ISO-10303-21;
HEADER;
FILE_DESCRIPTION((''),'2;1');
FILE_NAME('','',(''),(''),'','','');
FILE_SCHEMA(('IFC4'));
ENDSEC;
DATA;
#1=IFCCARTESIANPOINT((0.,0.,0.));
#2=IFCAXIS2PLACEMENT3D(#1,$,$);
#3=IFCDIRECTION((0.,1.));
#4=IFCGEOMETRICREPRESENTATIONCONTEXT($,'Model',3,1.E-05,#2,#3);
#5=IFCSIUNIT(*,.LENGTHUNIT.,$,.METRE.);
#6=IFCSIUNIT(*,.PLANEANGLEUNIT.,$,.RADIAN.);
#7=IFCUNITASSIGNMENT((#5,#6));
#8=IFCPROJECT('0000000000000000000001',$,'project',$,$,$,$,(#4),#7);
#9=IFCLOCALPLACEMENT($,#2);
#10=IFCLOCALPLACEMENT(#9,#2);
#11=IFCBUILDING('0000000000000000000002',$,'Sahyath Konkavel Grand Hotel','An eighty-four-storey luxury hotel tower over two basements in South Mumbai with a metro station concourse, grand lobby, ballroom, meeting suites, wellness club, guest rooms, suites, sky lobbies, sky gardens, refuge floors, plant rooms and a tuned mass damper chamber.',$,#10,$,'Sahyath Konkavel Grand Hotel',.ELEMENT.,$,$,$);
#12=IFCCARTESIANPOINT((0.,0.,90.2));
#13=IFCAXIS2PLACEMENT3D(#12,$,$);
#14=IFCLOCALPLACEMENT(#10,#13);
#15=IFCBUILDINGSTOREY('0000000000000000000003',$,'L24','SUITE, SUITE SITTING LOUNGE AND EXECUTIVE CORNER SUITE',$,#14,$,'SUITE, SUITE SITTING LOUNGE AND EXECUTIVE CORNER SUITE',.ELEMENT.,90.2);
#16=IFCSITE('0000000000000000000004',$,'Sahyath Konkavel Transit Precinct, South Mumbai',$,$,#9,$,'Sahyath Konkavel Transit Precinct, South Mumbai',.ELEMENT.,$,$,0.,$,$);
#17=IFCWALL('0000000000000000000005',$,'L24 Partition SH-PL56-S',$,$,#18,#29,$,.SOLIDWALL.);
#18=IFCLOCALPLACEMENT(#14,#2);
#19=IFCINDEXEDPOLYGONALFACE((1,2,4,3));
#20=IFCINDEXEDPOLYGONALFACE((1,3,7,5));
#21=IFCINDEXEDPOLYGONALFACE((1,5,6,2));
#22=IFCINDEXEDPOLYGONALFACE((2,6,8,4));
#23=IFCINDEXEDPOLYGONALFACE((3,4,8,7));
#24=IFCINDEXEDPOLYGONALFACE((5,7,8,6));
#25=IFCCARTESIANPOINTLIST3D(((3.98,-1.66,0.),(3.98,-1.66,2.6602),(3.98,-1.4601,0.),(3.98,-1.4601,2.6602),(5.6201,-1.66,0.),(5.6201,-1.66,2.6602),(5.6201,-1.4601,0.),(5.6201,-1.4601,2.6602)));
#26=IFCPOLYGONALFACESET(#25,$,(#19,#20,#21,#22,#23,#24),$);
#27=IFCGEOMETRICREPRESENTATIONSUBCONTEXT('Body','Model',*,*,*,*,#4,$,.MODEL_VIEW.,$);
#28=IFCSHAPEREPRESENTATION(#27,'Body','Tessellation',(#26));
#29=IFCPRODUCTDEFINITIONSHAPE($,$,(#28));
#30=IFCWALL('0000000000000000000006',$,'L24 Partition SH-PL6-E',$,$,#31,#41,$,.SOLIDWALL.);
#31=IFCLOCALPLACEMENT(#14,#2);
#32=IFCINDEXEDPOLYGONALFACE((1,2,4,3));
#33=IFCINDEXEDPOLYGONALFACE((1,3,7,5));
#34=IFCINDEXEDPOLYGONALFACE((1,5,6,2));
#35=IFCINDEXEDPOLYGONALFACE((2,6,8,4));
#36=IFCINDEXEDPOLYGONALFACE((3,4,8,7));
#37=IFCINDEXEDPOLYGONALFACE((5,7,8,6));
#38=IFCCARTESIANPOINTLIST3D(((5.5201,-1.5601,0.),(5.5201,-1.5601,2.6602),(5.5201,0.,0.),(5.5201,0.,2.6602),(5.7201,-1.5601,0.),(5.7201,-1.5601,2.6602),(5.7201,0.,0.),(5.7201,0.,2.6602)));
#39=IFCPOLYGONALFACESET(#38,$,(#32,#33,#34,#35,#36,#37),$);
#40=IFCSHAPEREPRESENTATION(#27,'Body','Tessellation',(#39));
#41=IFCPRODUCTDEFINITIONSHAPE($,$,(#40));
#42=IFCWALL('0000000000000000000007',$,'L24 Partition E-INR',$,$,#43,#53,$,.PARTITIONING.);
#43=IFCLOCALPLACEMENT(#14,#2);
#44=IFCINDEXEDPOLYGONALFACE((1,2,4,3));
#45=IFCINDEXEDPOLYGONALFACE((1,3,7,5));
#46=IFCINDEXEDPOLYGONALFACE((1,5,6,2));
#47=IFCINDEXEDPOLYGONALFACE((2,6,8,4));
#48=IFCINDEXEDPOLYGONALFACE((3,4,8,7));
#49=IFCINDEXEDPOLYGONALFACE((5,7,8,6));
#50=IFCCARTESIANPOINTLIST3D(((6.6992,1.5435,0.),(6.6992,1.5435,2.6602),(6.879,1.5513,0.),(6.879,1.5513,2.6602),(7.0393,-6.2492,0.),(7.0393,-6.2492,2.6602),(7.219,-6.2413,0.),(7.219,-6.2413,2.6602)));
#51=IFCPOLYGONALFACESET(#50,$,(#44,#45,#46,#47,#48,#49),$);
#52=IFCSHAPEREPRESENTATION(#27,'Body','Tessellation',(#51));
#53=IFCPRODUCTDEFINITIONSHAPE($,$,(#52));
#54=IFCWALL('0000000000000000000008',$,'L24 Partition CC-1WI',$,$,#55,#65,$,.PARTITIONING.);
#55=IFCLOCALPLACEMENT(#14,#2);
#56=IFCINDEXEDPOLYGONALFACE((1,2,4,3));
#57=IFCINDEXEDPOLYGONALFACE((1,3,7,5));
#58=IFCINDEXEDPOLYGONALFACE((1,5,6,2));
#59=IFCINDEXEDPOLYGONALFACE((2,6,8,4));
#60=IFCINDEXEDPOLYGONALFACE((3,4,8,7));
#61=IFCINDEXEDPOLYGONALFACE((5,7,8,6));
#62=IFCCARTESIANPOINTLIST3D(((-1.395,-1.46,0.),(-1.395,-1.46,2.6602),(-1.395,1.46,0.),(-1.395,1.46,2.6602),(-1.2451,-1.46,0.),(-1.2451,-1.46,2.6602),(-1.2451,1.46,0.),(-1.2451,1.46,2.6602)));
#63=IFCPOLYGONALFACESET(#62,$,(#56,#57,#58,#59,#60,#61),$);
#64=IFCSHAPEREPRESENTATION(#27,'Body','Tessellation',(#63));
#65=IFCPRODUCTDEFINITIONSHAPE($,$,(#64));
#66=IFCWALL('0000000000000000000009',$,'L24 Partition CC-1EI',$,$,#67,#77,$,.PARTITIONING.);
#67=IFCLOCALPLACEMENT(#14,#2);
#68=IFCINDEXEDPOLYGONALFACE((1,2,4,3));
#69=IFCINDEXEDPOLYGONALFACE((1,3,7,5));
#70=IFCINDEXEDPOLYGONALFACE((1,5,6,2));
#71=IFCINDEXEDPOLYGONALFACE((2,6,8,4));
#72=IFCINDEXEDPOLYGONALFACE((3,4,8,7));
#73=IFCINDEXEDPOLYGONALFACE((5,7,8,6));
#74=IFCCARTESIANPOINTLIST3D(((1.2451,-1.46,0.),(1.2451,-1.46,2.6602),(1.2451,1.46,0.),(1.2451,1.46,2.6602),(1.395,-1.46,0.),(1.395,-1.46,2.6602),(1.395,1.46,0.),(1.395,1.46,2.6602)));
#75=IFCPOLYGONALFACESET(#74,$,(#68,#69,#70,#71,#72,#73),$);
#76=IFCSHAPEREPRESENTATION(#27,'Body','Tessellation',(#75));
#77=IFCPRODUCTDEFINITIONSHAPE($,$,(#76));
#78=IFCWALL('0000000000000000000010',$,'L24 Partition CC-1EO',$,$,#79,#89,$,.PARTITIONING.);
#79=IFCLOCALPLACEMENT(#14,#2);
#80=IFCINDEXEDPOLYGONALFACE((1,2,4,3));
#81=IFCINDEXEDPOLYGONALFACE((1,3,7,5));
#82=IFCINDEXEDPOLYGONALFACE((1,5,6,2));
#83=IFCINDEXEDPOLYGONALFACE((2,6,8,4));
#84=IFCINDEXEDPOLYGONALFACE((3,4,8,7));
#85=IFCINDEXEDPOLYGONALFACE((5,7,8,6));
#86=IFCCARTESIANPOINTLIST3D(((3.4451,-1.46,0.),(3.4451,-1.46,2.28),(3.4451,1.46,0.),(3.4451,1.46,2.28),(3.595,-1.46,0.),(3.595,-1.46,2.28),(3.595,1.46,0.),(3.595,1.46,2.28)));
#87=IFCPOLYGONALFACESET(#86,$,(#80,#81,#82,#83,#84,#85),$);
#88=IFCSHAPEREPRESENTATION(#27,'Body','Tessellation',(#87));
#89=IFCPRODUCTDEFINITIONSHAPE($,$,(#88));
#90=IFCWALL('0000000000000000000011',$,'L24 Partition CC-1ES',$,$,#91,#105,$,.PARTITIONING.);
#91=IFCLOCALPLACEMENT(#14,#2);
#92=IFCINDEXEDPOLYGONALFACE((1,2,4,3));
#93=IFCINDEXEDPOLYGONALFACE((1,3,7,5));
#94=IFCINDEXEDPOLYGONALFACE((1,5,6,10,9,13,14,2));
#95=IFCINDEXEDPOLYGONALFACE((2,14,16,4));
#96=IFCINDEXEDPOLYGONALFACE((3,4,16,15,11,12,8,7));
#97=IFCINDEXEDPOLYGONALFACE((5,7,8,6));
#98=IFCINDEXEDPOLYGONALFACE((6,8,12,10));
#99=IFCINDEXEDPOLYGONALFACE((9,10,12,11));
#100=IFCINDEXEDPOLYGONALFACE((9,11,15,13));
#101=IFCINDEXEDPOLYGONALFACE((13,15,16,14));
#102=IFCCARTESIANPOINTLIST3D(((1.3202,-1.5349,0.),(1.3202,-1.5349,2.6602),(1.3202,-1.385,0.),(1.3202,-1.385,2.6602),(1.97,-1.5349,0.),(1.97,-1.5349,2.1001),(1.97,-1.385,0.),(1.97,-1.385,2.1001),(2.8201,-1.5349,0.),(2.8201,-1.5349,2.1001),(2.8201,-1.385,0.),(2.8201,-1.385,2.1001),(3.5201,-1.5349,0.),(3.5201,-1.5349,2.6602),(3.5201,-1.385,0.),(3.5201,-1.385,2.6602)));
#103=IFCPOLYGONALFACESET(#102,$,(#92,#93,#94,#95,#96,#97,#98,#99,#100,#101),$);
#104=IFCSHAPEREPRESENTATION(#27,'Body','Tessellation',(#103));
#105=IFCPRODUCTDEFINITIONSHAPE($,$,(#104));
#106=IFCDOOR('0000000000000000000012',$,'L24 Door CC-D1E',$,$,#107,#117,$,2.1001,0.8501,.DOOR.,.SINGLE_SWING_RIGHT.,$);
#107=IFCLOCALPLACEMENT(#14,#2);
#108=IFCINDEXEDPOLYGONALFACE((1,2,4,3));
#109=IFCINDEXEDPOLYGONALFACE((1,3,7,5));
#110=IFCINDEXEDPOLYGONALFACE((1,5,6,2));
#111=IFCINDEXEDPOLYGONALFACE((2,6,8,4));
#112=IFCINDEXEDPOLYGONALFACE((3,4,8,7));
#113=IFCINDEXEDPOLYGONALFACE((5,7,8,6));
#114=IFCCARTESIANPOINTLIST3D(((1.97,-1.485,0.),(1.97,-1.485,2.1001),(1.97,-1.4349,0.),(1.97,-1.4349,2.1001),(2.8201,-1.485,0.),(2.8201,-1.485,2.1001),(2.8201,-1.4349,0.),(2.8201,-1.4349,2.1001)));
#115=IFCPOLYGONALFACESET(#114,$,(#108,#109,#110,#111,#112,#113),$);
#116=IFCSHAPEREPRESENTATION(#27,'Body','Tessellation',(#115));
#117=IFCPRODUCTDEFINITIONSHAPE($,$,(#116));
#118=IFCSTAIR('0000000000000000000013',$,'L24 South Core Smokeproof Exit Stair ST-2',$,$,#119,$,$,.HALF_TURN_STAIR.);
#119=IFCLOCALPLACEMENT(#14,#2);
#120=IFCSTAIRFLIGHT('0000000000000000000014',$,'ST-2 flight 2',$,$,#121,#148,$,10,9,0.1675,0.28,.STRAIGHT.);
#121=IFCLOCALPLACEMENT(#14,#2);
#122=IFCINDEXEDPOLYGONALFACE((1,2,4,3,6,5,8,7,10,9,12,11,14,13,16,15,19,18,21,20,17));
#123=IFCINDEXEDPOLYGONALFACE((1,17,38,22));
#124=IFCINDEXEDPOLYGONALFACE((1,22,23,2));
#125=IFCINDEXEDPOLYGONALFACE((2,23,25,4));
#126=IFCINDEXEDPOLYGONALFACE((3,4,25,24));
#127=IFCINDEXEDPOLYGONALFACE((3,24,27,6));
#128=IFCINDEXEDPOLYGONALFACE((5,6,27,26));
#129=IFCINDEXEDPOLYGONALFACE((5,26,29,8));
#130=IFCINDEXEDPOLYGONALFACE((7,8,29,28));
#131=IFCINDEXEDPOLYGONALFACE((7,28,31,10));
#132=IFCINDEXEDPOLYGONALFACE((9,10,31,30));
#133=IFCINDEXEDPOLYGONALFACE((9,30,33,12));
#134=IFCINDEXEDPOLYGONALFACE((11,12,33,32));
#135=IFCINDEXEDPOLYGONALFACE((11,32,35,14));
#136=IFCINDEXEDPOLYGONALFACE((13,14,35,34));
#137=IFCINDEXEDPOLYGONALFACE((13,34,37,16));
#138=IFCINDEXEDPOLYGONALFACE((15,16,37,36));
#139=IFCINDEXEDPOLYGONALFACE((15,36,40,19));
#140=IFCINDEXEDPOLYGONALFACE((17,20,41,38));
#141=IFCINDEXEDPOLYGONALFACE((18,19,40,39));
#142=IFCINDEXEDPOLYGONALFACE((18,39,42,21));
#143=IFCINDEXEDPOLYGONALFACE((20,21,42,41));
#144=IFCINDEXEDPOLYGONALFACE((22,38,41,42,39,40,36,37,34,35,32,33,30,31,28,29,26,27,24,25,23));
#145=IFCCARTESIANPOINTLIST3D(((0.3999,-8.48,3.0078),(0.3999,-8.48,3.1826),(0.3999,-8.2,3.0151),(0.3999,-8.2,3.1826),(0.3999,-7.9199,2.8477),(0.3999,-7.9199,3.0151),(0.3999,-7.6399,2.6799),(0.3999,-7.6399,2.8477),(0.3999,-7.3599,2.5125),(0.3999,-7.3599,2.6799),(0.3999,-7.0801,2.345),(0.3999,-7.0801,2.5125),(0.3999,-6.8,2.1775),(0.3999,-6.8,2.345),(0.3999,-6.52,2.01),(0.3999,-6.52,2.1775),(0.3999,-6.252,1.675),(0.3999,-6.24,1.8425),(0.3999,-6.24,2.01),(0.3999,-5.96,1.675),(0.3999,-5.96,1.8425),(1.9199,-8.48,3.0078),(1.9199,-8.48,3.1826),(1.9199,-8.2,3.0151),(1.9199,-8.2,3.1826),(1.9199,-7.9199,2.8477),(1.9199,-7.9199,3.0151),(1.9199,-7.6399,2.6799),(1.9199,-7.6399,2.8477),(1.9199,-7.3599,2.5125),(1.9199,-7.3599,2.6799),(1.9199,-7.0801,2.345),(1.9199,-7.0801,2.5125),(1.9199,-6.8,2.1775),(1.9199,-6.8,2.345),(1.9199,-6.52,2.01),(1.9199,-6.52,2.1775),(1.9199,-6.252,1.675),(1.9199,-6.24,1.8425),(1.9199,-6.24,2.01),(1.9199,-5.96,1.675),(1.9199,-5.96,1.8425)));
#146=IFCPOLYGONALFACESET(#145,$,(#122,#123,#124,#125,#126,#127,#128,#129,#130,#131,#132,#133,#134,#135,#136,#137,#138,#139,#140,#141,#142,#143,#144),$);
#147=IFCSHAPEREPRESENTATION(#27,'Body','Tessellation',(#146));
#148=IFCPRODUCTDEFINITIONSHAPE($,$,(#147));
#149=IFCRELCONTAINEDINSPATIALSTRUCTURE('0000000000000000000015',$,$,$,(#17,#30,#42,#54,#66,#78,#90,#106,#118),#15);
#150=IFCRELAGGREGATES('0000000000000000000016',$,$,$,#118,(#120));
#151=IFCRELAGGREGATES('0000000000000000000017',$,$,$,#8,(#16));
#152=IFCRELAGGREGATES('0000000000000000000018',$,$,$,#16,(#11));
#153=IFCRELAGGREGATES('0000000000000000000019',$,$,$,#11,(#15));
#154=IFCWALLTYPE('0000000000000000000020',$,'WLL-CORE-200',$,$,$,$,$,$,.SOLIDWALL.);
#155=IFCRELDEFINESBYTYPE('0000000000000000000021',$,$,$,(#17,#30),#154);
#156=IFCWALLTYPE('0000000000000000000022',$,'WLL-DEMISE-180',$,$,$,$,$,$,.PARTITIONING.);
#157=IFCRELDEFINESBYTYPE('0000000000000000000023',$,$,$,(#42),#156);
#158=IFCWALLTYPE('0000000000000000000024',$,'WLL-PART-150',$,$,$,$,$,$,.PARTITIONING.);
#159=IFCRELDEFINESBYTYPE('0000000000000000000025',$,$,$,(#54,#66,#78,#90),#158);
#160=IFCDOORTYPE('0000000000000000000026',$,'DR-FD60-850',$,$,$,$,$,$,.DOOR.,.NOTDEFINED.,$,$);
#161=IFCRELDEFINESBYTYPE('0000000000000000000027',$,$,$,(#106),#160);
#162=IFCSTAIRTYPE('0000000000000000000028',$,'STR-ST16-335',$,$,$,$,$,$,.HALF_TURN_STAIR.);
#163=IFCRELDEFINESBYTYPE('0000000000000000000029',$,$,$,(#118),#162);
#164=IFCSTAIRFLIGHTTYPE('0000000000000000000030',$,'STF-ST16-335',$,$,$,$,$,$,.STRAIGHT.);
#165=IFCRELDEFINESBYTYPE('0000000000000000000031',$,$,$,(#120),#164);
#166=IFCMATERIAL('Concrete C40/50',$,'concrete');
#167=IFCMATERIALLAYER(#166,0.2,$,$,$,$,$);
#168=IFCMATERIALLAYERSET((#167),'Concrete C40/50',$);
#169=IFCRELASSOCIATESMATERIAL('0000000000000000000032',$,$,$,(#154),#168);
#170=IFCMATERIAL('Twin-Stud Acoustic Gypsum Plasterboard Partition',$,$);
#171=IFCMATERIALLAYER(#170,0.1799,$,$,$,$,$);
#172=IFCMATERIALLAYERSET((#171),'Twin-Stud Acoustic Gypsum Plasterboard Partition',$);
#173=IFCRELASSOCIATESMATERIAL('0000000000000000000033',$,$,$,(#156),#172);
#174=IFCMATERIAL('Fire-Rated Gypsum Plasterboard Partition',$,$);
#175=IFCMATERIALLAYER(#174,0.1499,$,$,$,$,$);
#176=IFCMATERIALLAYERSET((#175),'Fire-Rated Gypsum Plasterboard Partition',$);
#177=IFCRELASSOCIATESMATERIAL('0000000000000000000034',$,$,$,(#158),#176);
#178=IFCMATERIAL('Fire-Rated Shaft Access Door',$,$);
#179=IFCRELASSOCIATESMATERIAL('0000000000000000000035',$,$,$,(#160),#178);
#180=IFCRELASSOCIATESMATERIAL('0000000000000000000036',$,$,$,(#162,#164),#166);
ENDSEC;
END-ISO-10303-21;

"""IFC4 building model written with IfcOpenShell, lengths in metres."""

from ifc_helpers import new_model, si_unit, direction, frame, frame_2d, origin, origin_2d, place, context, subcontext, project, spatial, polyline, rectangle, outline, extrude, source, transform, mapped, material, layer, layer_set, type_object, element, fill, aggregate, save


model = new_model("IFC4")

# Units and contexts
model_context = context("Model", 3, precision=1e-05, world=origin(), true_north=direction((0.0, 1.0)))
body_context = subcontext(model_context, "Body", "Model", "MODEL_VIEW")
ifc_project = project(units=[si_unit("LENGTHUNIT", "METRE"), si_unit("PLANEANGLEUNIT", "RADIAN")], contexts=[model_context])

# Site, building, storey
site_placement = place(None, origin())
site = spatial("IfcSite", under=ifc_project, at=site_placement, Name="Sahyath Konkavel Transit Precinct, South Mumbai", LongName="Sahyath Konkavel Transit Precinct, South Mumbai", CompositionType="ELEMENT", RefElevation=0.0)
building_placement = place(site_placement, origin())
building = spatial("IfcBuilding", under=site, at=building_placement, Name="Sahyath Konkavel Grand Hotel", Description="An eighty-four-storey luxury hotel tower over two basements in South Mumbai with a metro station concourse, grand lobby, ballroom, meeting suites, wellness club, guest rooms, suites, sky lobbies, sky gardens, refuge floors, plant rooms and a tuned mass damper chamber.", LongName="Sahyath Konkavel Grand Hotel", CompositionType="ELEMENT")
storey_placement = place(building_placement, frame((0.0, 0.0, 90.2)))
storey = spatial("IfcBuildingStorey", under=building, at=storey_placement, Name="L24", Description="SUITE, SUITE SITTING LOUNGE AND EXECUTIVE CORNER SUITE", LongName="SUITE, SUITE SITTING LOUNGE AND EXECUTIVE CORNER SUITE", CompositionType="ELEMENT", Elevation=90.2)

# Walls
ifc_material_1 = material(Name="Concrete C40/50", Category="concrete")
ifc_layer_1 = layer(ifc_material_1, 0.2)
ifc_layer_set_1 = layer_set([ifc_layer_1], Name="Concrete C40/50")
wall_type_1 = type_object("IfcWallType", Name="WLL-CORE-200", PredefinedType="SOLIDWALL", material=ifc_layer_set_1)
wall_1_placement = place(storey_placement, frame((3.98, -1.5601, 0.0), z_axis=(0.0, 0.0, 1.0), x_axis=(1.0, 0.0, 0.0)))
element("IfcWall", 1, at=wall_1_placement, inside=storey, type_object=wall_type_1, Name="L24 Partition SH-PL56-S", PredefinedType="SOLIDWALL", context=body_context, shape_type="SweptSolid", body=[
    extrude(rectangle(XDim=1.6401, YDim=0.2, at=frame_2d((0.8201, 0.0))), origin(), (0.0, 0.0, 1.0), 2.6602),
])
wall_2_placement = place(storey_placement, frame((5.6201, -1.5601, 0.0), z_axis=(0.0, 0.0, 1.0), x_axis=(0.0, 1.0, 0.0)))
element("IfcWall", 2, at=wall_2_placement, inside=storey, type_object=wall_type_1, Name="L24 Partition SH-PL6-E", PredefinedType="SOLIDWALL", context=body_context, shape_type="SweptSolid", body=[
    extrude(rectangle(XDim=1.5601, YDim=0.2, at=frame_2d((0.78, 0.0))), origin(), (0.0, 0.0, 1.0), 2.6602),
])
ifc_material_2 = material(Name="Twin-Stud Acoustic Gypsum Plasterboard Partition")
ifc_layer_2 = layer(ifc_material_2, 0.1799)
ifc_layer_set_2 = layer_set([ifc_layer_2], Name="Twin-Stud Acoustic Gypsum Plasterboard Partition")
wall_type_2 = type_object("IfcWallType", Name="WLL-DEMISE-180", PredefinedType="PARTITIONING", material=ifc_layer_set_2)
wall_3_placement = place(storey_placement, frame((7.1292, -6.2451, 0.0), z_axis=(0.0, 0.0, 1.0), x_axis=(-0.0436, 0.999049, 0.0)))
element("IfcWall", 3, at=wall_3_placement, inside=storey, type_object=wall_type_2, Name="L24 Partition E-INR", PredefinedType="PARTITIONING", context=body_context, shape_type="SweptSolid", body=[
    extrude(rectangle(XDim=7.8, YDim=0.1799, at=frame_2d((3.8999, 0.0))), origin(), (0.0, 0.0, 1.0), 2.6602),
])
ifc_material_3 = material(Name="Fire-Rated Gypsum Plasterboard Partition")
ifc_layer_3 = layer(ifc_material_3, 0.1499)
ifc_layer_set_3 = layer_set([ifc_layer_3], Name="Fire-Rated Gypsum Plasterboard Partition")
wall_type_3 = type_object("IfcWallType", Name="WLL-PART-150", PredefinedType="PARTITIONING", material=ifc_layer_set_3)
for number, where, z_axis, x_axis, name in (
    (4, (-1.3201, -1.46, 0.0), (0.0, 0.0, 1.0), (0.0, 1.0, 0.0), "L24 Partition CC-1WI"),
    (5, (1.3201, -1.46, 0.0), (0.0, 0.0, 1.0), (0.0, 1.0, 0.0), "L24 Partition CC-1EI"),
):
    element("IfcWall", number, at=place(storey_placement, frame(where, z_axis=z_axis, x_axis=x_axis)), inside=storey, type_object=wall_type_3, Name=name, PredefinedType="PARTITIONING", context=body_context, shape_type="SweptSolid", body=[
        extrude(rectangle(XDim=2.9199, YDim=0.1499, at=frame_2d((1.46, 0.0))), origin(), (0.0, 0.0, 1.0), 2.6602),
    ])
wall_4_placement = place(storey_placement, frame((3.52, -1.46, 0.0), z_axis=(0.0, 0.0, 1.0), x_axis=(0.0, 1.0, 0.0)))
element("IfcWall", 6, at=wall_4_placement, inside=storey, type_object=wall_type_3, Name="L24 Partition CC-1EO", PredefinedType="PARTITIONING", context=body_context, shape_type="SweptSolid", body=[
    extrude(rectangle(XDim=2.9199, YDim=0.1499, at=frame_2d((1.46, 0.0))), origin(), (0.0, 0.0, 1.0), 2.28),
])

# Wall, opening, door
wall_5_placement = place(storey_placement, frame((1.3201, -1.46, 0.0), z_axis=(0.0, 0.0, 1.0), x_axis=(1.0, 0.0, 0.0)))
wall_5 = element("IfcWall", 7, at=wall_5_placement, inside=storey, type_object=wall_type_3, Name="L24 Partition CC-1ES", PredefinedType="PARTITIONING", context=body_context, shape_type="SweptSolid", body=[
    extrude(rectangle(XDim=2.2, YDim=0.1499, at=frame_2d((1.1001, 0.0))), origin(), (0.0, 0.0, 1.0), 2.6602),
])
opening_placement = place(wall_5_placement, frame((0.6499, 0.0, 0.0)))
opening = element("IfcOpeningElement", 8, at=opening_placement, cuts=wall_5, PredefinedType="OPENING", context=body_context, shape_type="SweptSolid", body=[
    extrude(rectangle(XDim=0.8501, YDim=2.1001, at=frame_2d((0.425, 1.05))), frame((0.0, 0.085, 0.0), z_axis=(0.0, -1.0, 0.0), x_axis=(1.0, 0.0, 0.0)), (0.0, 0.0, 1.0), 0.1699),
])
ifc_material_4 = material(Name="Fire-Rated Shaft Access Door")
door_type = type_object("IfcDoorType", Name="DR-FD60-850", OperationType="NOTDEFINED", PredefinedType="DOOR", material=ifc_material_4)
shared_shape_1 = source(origin(), body_context, "Body", "SweptSolid", [
    extrude(rectangle(XDim=0.8501, YDim=0.05, at=origin_2d()), origin(), (0.0, 0.0, 1.0), 2.1001),
])
door_placement = place(opening_placement, frame((0.425, 0.0, 0.0)))
door = element("IfcDoor", 9, at=door_placement, inside=storey, type_object=door_type, Name="L24 Door CC-D1E", OperationType="SINGLE_SWING_RIGHT", OverallHeight=2.1001, OverallWidth=0.8501, PredefinedType="DOOR", context=body_context, shape_type="MappedRepresentation", body=[
    mapped(shared_shape_1, transform((0.0, 0.0, 0.0), scale=1.0)),
])
fill(opening, door)

# Stair, stair flight
stair_type = type_object("IfcStairType", Name="STR-ST16-335", PredefinedType="HALF_TURN_STAIR", material=ifc_material_1)
stair_placement = place(storey_placement, origin())
stair = element("IfcStair", 10, at=stair_placement, inside=storey, type_object=stair_type, Name="L24 South Core Smokeproof Exit Stair ST-2", PredefinedType="HALF_TURN_STAIR")
stair_flight_type = type_object("IfcStairFlightType", Name="STF-ST16-335", PredefinedType="STRAIGHT", material=ifc_material_1)
stair_flight_placement = place(storey_placement, frame((1.1599, -5.96, 1.675), z_axis=(0.0, 0.0, 1.0), x_axis=(0.0, -1.0, 0.0)))
stair_flight = element("IfcStairFlight", 11, at=stair_flight_placement, type_object=stair_flight_type, Name="ST-2 flight 2", NumberOfRisers=10, NumberOfTreads=9, PredefinedType="STRAIGHT", RiserHeight=0.1675, TreadLength=0.28, context=body_context, shape_type="SweptSolid", body=[
    extrude(outline(polyline([(0.0, 0.0), (0.0, 0.1675), (0.28, 0.1675), (0.28, 0.335), (0.5601, 0.335), (0.5601, 0.5024), (0.8401, 0.5024), (0.8401, 0.6699), (1.1201, 0.6699), (1.1201, 0.8374), (1.3999, 0.8374), (1.3999, 1.0049), (1.6799, 1.0049), (1.6799, 1.1726), (1.96, 1.1726), (1.96, 1.3401), (2.24, 1.3401), (2.24, 1.5076), (2.52, 1.5076), (2.52, 1.675), (2.52, 1.3328), (0.292, 0.0), (0.0, 0.0)])), frame((0.0, 0.76, 0.0), z_axis=(0.0, -1.0, 0.0), x_axis=(1.0, 0.0, 0.0)), (0.0, 0.0, 1.0), 1.52),
])
aggregate(stair, [stair_flight])

save(model, "model.ifc")
